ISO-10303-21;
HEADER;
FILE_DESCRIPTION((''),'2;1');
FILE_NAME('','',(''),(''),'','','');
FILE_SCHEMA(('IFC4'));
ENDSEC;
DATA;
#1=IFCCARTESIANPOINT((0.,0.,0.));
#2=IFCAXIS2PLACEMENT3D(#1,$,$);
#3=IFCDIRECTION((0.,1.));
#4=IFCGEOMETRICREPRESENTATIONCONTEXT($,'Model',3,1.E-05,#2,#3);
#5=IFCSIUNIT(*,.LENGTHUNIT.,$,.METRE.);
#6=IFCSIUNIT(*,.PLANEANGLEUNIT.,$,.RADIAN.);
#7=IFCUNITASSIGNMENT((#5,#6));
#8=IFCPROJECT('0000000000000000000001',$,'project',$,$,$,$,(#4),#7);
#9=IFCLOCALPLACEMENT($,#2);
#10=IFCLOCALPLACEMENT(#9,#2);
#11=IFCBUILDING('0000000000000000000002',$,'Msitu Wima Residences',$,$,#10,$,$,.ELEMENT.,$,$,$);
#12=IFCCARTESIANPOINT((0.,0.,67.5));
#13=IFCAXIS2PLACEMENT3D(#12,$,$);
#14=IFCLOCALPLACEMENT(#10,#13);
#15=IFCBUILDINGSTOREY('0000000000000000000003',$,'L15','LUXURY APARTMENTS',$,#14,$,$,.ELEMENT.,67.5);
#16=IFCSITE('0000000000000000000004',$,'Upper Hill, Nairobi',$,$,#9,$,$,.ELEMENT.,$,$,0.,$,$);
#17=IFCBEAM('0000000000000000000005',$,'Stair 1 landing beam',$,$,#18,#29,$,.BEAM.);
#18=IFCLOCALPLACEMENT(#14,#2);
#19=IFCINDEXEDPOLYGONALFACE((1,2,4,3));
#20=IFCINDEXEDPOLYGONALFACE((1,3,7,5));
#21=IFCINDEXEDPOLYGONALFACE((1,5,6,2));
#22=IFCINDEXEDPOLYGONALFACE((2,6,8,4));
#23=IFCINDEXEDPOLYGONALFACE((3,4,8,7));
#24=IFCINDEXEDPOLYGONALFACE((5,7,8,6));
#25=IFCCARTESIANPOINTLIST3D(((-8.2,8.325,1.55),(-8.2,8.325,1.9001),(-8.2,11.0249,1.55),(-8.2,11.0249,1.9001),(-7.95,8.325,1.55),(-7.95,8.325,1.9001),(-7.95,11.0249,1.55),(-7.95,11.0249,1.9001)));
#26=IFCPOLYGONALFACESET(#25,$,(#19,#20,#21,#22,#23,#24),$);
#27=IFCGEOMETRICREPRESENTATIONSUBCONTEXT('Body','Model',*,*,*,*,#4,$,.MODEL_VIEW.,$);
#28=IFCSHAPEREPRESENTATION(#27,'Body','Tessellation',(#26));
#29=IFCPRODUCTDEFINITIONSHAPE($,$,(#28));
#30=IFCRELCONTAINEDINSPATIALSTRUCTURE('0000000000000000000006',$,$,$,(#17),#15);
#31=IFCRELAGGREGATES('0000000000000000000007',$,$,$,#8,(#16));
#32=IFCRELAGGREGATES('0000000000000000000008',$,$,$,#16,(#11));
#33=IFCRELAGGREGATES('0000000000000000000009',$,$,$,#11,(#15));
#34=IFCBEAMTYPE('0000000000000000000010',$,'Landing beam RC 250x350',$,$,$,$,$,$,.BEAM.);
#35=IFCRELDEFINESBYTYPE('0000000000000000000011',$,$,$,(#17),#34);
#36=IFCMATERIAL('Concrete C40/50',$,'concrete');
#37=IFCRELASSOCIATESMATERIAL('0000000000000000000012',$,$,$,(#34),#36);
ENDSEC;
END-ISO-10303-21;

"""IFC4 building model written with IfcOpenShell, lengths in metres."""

from ifc_helpers import new_model, si_unit, direction, frame, origin, origin_2d, place, context, subcontext, project, spatial, rectangle, extrude, material, material_profile, profile_set, type_object, element, save


model = new_model("IFC4")

# Units and contexts
model_context = context("Model", 3, precision=1e-05, world=origin(), true_north=direction((0.0, 1.0)))
body_context = subcontext(model_context, "Body", "Model", "MODEL_VIEW")
ifc_project = project(units=[si_unit("LENGTHUNIT", "METRE"), si_unit("PLANEANGLEUNIT", "RADIAN")], contexts=[model_context])

# Site, building, storey
site_placement = place(None, origin())
site = spatial("IfcSite", under=ifc_project, at=site_placement, Name="Upper Hill, Nairobi", CompositionType="ELEMENT", RefElevation=0.0)
building_placement = place(site_placement, origin())
building = spatial("IfcBuilding", under=site, at=building_placement, Name="Msitu Wima Residences", CompositionType="ELEMENT")
storey_placement = place(building_placement, frame((0.0, 0.0, 67.5)))
storey = spatial("IfcBuildingStorey", under=building, at=storey_placement, Name="L15", Description="LUXURY APARTMENTS", CompositionType="ELEMENT", Elevation=67.5)

# Beam
ifc_material_1 = material(Name="Concrete C40/50", Category="concrete")
ifc_material_profile = material_profile(ifc_material_1, rectangle(XDim=0.25, YDim=0.3501, at=origin_2d()), Name="RC 250x350")
ifc_profile_set = profile_set([ifc_material_profile], Name="Concrete C40/50")
beam_type = type_object("IfcBeamType", Name="Landing beam RC 250x350", PredefinedType="BEAM", material=ifc_profile_set)
beam_placement = place(storey_placement, frame((-8.075, 8.325, 1.7251), z_axis=(0.0, 1.0, 0.0), x_axis=(-1.0, 0.0, 0.0)))
element("IfcBeam", 1, at=beam_placement, inside=storey, type_object=beam_type, Name="Stair 1 landing beam", PredefinedType="BEAM", context=body_context, shape_type="SweptSolid", body=[
    extrude(rectangle(XDim=0.25, YDim=0.3501, at=origin_2d()), origin(), (0.0, 0.0, 1.0), 2.7),
])

save(model, "model.ifc")
